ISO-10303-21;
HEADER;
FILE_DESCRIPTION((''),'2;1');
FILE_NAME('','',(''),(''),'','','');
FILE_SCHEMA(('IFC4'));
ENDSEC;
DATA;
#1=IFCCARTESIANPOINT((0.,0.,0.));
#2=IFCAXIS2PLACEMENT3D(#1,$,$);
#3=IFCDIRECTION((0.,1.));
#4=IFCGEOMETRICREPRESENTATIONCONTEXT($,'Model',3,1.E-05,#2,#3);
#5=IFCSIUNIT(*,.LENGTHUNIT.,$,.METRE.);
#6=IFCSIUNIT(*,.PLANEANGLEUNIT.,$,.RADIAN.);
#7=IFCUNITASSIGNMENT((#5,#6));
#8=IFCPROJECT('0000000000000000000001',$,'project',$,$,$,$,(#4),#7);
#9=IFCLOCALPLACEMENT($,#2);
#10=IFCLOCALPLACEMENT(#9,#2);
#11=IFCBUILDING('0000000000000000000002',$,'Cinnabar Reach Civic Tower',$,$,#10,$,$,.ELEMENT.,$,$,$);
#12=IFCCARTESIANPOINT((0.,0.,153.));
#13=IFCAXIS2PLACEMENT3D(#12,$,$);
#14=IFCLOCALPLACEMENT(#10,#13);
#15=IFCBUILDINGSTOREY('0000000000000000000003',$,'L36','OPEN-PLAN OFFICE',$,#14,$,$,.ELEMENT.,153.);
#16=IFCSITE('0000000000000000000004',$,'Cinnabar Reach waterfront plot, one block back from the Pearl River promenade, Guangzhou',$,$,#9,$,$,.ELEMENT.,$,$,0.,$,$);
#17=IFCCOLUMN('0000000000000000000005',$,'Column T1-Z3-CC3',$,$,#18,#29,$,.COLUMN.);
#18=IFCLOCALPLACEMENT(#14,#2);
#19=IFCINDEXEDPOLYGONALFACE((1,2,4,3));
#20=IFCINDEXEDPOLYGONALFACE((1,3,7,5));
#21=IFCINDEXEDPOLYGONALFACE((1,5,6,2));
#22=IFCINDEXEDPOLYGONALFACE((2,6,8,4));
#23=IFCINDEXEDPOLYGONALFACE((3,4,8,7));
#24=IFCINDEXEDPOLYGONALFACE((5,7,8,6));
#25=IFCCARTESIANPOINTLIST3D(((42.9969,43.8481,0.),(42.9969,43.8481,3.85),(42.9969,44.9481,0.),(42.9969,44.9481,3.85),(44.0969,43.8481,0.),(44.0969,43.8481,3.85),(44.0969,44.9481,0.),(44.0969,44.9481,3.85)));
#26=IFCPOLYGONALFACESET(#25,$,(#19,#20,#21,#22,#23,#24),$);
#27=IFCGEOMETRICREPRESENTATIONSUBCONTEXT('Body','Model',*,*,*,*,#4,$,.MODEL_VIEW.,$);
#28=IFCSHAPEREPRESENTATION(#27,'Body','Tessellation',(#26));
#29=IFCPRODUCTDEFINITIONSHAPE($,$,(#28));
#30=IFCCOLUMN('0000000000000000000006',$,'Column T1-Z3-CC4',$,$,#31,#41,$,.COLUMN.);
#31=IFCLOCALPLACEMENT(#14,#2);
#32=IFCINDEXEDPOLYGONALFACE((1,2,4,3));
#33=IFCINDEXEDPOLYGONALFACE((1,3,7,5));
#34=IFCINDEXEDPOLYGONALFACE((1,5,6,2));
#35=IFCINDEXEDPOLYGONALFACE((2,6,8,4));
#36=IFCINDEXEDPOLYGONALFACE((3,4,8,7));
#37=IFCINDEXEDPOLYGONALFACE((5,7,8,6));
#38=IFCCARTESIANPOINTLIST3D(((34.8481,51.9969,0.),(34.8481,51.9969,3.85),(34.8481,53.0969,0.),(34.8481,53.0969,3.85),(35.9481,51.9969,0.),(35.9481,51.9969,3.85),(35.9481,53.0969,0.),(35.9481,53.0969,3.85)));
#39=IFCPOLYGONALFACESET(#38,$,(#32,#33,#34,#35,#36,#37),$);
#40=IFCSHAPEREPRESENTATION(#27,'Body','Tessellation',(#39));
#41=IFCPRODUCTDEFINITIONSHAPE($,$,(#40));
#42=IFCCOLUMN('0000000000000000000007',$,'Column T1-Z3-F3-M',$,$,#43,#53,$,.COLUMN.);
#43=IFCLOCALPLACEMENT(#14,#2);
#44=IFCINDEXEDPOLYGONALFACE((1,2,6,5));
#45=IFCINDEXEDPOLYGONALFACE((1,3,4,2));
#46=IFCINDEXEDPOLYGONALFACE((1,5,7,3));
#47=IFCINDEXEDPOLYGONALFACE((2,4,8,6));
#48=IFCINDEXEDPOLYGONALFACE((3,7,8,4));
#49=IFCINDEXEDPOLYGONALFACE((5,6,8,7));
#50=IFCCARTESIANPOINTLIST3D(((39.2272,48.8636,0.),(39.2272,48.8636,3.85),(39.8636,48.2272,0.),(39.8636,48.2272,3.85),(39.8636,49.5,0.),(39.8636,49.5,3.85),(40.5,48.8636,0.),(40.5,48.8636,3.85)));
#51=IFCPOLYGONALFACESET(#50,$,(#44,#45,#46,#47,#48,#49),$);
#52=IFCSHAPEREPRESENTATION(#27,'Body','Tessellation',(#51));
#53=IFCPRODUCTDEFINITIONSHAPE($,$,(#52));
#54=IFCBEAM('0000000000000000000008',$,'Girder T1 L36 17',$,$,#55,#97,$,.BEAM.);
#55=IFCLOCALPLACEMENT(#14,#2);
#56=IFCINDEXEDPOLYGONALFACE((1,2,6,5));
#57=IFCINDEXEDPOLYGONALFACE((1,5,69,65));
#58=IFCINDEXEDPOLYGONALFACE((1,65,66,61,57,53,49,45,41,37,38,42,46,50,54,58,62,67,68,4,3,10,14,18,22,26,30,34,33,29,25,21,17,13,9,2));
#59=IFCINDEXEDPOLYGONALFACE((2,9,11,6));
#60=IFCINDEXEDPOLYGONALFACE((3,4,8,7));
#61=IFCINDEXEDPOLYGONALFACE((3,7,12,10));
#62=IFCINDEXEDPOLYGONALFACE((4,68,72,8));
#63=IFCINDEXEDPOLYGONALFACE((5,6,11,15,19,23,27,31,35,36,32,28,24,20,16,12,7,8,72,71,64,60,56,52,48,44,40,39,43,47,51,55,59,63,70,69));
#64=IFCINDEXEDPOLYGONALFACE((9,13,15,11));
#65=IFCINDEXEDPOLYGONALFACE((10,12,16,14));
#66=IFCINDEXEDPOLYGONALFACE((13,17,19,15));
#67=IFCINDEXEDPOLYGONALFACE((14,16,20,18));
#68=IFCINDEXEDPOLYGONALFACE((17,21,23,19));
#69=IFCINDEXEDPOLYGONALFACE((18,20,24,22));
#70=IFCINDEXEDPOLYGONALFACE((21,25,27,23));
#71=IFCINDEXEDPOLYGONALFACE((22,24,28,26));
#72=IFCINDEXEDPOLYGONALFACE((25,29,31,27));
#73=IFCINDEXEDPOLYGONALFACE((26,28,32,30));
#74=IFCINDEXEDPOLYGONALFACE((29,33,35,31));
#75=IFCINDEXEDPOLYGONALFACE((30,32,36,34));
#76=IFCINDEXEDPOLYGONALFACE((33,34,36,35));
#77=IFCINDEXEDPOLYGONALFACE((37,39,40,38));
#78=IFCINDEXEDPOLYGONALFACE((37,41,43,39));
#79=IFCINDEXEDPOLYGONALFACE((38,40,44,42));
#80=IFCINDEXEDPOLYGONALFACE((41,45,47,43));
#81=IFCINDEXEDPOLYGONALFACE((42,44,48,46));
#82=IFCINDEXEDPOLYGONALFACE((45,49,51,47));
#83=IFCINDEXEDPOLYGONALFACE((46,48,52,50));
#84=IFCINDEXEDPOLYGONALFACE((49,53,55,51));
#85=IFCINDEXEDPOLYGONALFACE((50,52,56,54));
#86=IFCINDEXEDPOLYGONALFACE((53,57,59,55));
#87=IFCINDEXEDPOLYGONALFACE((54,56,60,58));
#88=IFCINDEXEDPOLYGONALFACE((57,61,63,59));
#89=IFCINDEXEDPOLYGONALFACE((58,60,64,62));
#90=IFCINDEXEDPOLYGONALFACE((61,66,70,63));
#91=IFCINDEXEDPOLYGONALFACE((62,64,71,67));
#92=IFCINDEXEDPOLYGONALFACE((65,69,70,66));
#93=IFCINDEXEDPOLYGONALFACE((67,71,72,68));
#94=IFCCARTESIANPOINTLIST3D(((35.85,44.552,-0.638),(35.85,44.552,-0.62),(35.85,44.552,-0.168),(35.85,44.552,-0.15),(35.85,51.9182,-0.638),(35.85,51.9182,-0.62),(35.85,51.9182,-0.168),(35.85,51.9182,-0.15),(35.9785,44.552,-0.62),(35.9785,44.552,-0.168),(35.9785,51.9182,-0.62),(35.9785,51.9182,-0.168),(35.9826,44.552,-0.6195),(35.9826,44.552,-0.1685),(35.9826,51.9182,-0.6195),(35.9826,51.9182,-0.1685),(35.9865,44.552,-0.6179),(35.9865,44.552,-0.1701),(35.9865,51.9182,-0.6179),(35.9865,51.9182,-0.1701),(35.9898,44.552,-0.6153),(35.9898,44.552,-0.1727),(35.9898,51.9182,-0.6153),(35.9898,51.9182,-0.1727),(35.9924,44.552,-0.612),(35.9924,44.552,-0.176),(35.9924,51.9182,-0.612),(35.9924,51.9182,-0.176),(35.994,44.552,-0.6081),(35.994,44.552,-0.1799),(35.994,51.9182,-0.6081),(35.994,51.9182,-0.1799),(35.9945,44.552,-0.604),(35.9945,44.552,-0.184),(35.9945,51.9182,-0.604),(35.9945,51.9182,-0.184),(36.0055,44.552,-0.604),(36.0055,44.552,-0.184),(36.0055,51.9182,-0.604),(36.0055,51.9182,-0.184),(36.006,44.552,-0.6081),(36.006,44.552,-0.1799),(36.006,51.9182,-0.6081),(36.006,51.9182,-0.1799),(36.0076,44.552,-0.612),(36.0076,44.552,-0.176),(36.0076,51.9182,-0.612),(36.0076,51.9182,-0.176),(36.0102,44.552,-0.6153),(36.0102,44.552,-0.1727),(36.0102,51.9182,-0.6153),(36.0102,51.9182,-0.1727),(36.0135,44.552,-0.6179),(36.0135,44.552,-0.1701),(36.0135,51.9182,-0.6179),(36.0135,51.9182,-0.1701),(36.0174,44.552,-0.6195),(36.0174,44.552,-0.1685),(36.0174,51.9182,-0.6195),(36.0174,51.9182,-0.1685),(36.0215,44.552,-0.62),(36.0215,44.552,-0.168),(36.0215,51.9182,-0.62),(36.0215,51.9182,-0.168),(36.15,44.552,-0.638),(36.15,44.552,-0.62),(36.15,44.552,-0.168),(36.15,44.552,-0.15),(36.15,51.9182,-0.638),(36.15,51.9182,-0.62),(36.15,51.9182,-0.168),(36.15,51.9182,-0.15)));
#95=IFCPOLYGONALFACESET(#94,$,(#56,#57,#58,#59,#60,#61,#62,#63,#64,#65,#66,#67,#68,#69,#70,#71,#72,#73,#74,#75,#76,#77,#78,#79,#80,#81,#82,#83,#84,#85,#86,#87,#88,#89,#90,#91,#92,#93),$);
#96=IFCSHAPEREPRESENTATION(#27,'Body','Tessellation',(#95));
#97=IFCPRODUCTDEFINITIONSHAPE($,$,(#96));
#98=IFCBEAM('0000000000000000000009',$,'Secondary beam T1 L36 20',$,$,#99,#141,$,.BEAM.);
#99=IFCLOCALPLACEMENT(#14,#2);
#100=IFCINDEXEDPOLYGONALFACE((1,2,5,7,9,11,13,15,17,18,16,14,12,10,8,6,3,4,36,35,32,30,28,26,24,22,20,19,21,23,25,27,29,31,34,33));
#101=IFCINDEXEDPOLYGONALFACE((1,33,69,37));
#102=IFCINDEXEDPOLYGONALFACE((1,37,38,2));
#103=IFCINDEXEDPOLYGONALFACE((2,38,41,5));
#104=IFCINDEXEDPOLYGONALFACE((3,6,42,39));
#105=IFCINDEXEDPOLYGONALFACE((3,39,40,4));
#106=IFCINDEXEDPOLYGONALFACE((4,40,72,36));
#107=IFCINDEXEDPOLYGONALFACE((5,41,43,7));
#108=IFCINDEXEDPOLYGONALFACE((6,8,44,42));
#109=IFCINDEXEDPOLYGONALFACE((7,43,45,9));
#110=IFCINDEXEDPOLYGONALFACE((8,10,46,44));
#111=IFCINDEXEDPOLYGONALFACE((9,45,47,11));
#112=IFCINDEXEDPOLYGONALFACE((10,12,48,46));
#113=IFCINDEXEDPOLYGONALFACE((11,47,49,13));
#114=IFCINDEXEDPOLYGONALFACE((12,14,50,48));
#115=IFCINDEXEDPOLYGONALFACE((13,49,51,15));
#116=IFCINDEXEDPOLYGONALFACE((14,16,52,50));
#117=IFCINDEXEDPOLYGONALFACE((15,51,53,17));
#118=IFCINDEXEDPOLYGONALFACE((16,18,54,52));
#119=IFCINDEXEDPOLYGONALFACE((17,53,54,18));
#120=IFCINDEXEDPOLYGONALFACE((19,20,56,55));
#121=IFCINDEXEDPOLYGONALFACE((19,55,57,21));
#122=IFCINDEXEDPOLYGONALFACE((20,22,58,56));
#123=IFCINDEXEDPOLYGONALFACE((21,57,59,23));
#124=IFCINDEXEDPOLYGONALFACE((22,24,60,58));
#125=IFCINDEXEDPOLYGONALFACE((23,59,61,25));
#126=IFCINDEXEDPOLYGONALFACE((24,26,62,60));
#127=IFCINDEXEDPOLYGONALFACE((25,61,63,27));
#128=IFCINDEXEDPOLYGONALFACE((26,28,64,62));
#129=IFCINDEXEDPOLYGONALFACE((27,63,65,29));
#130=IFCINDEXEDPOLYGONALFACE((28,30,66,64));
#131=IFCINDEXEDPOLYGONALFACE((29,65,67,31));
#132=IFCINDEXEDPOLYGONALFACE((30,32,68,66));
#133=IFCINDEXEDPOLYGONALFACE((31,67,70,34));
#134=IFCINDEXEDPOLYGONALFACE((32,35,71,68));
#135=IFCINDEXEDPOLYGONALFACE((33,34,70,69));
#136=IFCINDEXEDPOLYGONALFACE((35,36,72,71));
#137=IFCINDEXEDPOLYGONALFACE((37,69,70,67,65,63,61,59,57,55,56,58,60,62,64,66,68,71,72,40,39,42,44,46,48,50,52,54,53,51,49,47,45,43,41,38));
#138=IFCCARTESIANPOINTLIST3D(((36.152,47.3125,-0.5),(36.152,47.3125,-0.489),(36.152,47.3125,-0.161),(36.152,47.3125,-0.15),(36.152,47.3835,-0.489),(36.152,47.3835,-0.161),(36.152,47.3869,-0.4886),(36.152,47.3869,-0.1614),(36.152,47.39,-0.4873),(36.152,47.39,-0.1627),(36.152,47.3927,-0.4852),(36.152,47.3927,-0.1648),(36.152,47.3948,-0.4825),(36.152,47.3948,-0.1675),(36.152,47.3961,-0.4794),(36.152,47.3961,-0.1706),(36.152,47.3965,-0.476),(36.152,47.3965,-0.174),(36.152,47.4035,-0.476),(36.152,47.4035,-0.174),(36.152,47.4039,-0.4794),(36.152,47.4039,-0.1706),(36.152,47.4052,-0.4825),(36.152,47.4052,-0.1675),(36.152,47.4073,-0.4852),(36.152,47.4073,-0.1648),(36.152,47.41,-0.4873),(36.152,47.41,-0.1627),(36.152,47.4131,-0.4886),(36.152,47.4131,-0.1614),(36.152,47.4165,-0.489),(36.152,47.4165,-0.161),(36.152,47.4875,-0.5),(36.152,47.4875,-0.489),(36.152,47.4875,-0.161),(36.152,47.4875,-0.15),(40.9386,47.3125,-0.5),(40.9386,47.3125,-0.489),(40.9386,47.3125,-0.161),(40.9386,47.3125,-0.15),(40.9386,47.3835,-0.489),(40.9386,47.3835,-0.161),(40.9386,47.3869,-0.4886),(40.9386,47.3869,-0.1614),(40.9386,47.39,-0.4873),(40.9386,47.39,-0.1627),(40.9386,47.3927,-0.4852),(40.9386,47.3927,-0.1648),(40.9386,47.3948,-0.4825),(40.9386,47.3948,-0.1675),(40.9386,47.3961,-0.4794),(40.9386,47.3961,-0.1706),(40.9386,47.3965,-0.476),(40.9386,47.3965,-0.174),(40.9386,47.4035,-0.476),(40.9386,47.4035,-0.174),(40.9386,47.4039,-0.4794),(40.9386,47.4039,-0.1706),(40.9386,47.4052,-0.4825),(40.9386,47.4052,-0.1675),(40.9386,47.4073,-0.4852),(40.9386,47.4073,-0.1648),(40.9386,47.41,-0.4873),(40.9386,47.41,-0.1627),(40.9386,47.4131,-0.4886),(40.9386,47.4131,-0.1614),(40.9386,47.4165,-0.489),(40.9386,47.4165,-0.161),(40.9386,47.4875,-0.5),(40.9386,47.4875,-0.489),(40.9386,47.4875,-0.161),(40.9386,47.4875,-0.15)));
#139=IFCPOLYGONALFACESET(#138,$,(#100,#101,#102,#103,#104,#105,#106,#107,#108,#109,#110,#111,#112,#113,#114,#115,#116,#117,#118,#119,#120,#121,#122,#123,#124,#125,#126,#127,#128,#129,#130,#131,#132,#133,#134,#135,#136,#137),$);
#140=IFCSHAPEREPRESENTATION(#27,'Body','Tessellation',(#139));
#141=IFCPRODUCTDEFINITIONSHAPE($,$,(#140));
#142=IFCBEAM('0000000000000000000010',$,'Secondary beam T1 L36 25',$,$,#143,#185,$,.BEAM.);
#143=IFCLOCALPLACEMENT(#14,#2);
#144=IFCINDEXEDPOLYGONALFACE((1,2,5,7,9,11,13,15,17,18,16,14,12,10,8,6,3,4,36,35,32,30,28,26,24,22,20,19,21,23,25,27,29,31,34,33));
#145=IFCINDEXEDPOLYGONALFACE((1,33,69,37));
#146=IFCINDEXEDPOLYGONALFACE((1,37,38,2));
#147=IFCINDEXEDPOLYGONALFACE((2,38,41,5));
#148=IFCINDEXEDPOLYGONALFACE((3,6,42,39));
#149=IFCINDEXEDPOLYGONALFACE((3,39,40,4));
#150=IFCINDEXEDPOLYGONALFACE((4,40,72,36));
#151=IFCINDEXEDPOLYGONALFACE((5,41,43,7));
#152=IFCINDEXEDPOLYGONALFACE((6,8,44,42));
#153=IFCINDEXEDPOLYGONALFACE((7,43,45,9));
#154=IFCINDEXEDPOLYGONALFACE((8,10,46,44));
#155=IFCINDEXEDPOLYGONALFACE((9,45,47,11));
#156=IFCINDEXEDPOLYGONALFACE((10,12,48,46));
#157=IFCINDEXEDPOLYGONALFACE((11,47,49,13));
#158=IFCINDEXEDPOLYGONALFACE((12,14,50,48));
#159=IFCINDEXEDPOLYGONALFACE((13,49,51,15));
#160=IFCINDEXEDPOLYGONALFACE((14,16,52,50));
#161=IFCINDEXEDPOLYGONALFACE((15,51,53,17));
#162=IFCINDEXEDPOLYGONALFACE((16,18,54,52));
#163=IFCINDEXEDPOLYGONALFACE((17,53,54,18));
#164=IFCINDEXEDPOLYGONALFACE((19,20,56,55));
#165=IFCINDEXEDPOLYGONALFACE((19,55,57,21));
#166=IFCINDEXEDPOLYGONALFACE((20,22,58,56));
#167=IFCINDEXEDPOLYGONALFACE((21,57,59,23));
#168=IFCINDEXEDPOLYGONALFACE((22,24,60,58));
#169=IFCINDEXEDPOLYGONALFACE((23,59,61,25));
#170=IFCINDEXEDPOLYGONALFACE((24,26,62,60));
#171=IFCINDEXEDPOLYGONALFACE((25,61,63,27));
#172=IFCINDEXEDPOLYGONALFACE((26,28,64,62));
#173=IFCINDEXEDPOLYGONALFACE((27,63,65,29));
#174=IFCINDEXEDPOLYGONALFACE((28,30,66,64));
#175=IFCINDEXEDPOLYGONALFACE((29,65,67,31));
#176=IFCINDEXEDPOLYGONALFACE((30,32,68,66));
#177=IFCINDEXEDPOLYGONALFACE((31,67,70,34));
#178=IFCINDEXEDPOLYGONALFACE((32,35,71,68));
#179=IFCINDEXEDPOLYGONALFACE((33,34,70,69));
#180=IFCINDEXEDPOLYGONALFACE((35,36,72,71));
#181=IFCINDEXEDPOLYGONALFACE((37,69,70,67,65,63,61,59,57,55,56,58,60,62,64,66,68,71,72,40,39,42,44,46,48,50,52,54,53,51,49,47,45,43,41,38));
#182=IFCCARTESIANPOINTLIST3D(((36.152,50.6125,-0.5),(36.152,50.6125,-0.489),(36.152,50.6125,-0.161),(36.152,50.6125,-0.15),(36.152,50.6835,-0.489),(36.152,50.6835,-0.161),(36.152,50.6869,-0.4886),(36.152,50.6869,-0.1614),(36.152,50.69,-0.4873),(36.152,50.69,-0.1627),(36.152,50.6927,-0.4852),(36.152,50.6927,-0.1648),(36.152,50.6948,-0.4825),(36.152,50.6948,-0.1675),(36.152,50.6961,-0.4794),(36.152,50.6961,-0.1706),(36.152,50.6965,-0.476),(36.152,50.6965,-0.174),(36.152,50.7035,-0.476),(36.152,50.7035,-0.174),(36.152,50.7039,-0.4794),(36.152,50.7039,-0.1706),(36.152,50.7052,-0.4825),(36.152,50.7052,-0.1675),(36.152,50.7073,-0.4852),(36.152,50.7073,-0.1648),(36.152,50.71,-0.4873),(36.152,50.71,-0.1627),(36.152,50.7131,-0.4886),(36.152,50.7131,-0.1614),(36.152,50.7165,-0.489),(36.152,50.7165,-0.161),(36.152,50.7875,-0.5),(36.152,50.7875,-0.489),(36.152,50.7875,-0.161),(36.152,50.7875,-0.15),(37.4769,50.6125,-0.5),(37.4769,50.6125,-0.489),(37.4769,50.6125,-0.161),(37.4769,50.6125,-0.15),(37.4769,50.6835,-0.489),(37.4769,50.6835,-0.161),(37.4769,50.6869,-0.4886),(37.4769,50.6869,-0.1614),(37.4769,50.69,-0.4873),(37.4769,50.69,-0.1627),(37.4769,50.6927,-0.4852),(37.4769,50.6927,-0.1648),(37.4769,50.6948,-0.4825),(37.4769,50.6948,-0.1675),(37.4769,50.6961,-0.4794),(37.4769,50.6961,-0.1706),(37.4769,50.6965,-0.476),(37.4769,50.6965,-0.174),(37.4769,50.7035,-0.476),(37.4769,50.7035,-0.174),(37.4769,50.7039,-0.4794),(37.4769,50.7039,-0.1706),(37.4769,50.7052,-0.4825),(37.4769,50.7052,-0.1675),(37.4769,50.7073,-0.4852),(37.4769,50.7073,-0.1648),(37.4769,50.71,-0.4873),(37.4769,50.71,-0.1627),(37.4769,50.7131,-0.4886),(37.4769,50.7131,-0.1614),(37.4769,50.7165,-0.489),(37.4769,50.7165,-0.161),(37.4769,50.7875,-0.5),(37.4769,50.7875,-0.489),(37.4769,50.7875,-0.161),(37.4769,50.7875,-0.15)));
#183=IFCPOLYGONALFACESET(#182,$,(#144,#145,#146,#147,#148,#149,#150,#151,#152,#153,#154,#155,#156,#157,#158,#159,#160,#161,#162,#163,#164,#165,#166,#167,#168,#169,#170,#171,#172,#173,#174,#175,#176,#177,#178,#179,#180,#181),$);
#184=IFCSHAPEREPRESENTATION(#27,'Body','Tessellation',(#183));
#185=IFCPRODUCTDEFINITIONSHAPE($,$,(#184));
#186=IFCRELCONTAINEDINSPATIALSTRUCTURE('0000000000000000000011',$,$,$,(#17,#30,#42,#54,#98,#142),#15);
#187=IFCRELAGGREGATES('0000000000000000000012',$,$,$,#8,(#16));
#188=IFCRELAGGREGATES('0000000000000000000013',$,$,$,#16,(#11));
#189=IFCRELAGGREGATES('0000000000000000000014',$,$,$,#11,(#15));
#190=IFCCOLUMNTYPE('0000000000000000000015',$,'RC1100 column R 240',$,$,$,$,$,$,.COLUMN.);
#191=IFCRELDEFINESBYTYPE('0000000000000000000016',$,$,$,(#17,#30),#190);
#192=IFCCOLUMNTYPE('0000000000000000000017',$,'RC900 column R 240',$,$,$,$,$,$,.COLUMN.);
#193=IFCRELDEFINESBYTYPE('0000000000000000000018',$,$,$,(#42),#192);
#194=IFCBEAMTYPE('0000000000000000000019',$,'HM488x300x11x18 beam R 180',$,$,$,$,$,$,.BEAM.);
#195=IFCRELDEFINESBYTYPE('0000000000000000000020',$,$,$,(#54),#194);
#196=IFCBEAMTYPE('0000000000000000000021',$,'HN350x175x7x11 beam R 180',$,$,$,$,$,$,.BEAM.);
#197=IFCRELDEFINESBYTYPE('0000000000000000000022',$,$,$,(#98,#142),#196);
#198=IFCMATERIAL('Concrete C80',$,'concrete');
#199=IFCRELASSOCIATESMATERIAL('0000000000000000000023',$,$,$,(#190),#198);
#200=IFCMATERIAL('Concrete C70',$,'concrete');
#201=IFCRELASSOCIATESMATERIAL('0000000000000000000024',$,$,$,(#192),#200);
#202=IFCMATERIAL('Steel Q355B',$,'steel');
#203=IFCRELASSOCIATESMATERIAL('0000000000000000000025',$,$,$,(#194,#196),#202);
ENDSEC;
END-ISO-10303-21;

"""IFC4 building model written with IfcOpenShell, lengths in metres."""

from ifc_helpers import new_model, si_unit, direction, frame, origin, origin_2d, place, context, subcontext, project, spatial, rectangle, i_section, extrude, material, material_profile, profile_set, type_object, element, save


model = new_model("IFC4")

# Units and contexts
model_context = context("Model", 3, precision=1e-05, world=origin(), true_north=direction((0.0, 1.0)))
body_context = subcontext(model_context, "Body", "Model", "MODEL_VIEW")
ifc_project = project(units=[si_unit("LENGTHUNIT", "METRE"), si_unit("PLANEANGLEUNIT", "RADIAN")], contexts=[model_context])

# Site, building, storey
site_placement = place(None, origin())
site = spatial("IfcSite", under=ifc_project, at=site_placement, Name="Cinnabar Reach waterfront plot, one block back from the Pearl River promenade, Guangzhou", CompositionType="ELEMENT", RefElevation=0.0)
building_placement = place(site_placement, origin())
building = spatial("IfcBuilding", under=site, at=building_placement, Name="Cinnabar Reach Civic Tower", CompositionType="ELEMENT")
storey_placement = place(building_placement, frame((0.0, 0.0, 153.0)))
storey = spatial("IfcBuildingStorey", under=building, at=storey_placement, Name="L36", Description="OPEN-PLAN OFFICE", CompositionType="ELEMENT", Elevation=153.0)

# Columns
ifc_material_1 = material(Name="Concrete C80", Category="concrete")
ifc_material_profile_1 = material_profile(ifc_material_1, rectangle(XDim=1.1, YDim=1.1, at=origin_2d()), Name="RC1100")
ifc_profile_set_1 = profile_set([ifc_material_profile_1], Name="Concrete C80")
column_type_1 = type_object("IfcColumnType", Name="RC1100 column R 240", PredefinedType="COLUMN", material=ifc_profile_set_1)
for number, where, z_axis, x_axis, name in (
    (1, (43.5469, 44.3981, 0.0), (0.0, 0.0, 1.0), (1.0, 0.0, 0.0), "Column T1-Z3-CC3"),
    (2, (35.3981, 52.5469, 0.0), (0.0, 0.0, 1.0), (1.0, 0.0, 0.0), "Column T1-Z3-CC4"),
):
    element("IfcColumn", number, at=place(storey_placement, frame(where, z_axis=z_axis, x_axis=x_axis)), inside=storey, type_object=column_type_1, Name=name, PredefinedType="COLUMN", context=body_context, shape_type="SweptSolid", body=[
        extrude(rectangle(XDim=1.1, YDim=1.1, at=origin_2d()), origin(), (0.0, 0.0, 1.0), 3.85),
    ])
ifc_material_2 = material(Name="Concrete C70", Category="concrete")
ifc_material_profile_2 = material_profile(ifc_material_2, rectangle(XDim=0.9, YDim=0.9, at=origin_2d()), Name="RC900")
ifc_profile_set_2 = profile_set([ifc_material_profile_2], Name="Concrete C70")
column_type_2 = type_object("IfcColumnType", Name="RC900 column R 240", PredefinedType="COLUMN", material=ifc_profile_set_2)
column_placement = place(storey_placement, frame((39.8636, 48.8636, 0.0), z_axis=(0.0, 0.0, 1.0), x_axis=(0.707107, 0.707107, 0.0)))
element("IfcColumn", 3, at=column_placement, inside=storey, type_object=column_type_2, Name="Column T1-Z3-F3-M", PredefinedType="COLUMN", context=body_context, shape_type="SweptSolid", body=[
    extrude(rectangle(XDim=0.9, YDim=0.9, at=origin_2d()), origin(), (0.0, 0.0, 1.0), 3.85),
])

# Beams
ifc_material_3 = material(Name="Steel Q355B", Category="steel")
ifc_material_profile_3 = material_profile(ifc_material_3, i_section(OverallWidth=0.3, OverallDepth=0.488, WebThickness=0.011, FlangeThickness=0.018, FilletRadius=0.016, at=origin_2d()), Name="HM488x300x11x18")
ifc_profile_set_3 = profile_set([ifc_material_profile_3], Name="Steel Q355B")
beam_type_1 = type_object("IfcBeamType", Name="HM488x300x11x18 beam R 180", PredefinedType="BEAM", material=ifc_profile_set_3)
beam_1_placement = place(storey_placement, frame((36.0, 44.552, -0.394), z_axis=(0.0, 1.0, 0.0), x_axis=(-1.0, 0.0, 0.0)))
element("IfcBeam", 4, at=beam_1_placement, inside=storey, type_object=beam_type_1, Name="Girder T1 L36 17", PredefinedType="BEAM", context=body_context, shape_type="SweptSolid", body=[
    extrude(i_section(OverallWidth=0.3, OverallDepth=0.488, WebThickness=0.011, FlangeThickness=0.018, FilletRadius=0.016, at=origin_2d()), origin(), (0.0, 0.0, 1.0), 7.3662),
])
ifc_material_profile_4 = material_profile(ifc_material_3, i_section(OverallWidth=0.175, OverallDepth=0.35, WebThickness=0.007, FlangeThickness=0.011, FilletRadius=0.013, at=origin_2d()), Name="HN350x175x7x11")
ifc_profile_set_4 = profile_set([ifc_material_profile_4], Name="Steel Q355B")
beam_type_2 = type_object("IfcBeamType", Name="HN350x175x7x11 beam R 180", PredefinedType="BEAM", material=ifc_profile_set_4)
beam_2_placement = place(storey_placement, frame((36.152, 47.4, -0.325), z_axis=(1.0, 0.0, 0.0), x_axis=(0.0, 1.0, 0.0)))
element("IfcBeam", 5, at=beam_2_placement, inside=storey, type_object=beam_type_2, Name="Secondary beam T1 L36 20", PredefinedType="BEAM", context=body_context, shape_type="SweptSolid", body=[
    extrude(i_section(OverallWidth=0.175, OverallDepth=0.35, WebThickness=0.007, FlangeThickness=0.011, FilletRadius=0.013, at=origin_2d()), origin(), (0.0, 0.0, 1.0), 4.7866),
])
beam_3_placement = place(storey_placement, frame((36.152, 50.7, -0.325), z_axis=(1.0, 0.0, 0.0), x_axis=(0.0, 1.0, 0.0)))
element("IfcBeam", 6, at=beam_3_placement, inside=storey, type_object=beam_type_2, Name="Secondary beam T1 L36 25", PredefinedType="BEAM", context=body_context, shape_type="SweptSolid", body=[
    extrude(i_section(OverallWidth=0.175, OverallDepth=0.35, WebThickness=0.007, FlangeThickness=0.011, FilletRadius=0.013, at=origin_2d()), origin(), (0.0, 0.0, 1.0), 1.3249),
])

save(model, "model.ifc")
